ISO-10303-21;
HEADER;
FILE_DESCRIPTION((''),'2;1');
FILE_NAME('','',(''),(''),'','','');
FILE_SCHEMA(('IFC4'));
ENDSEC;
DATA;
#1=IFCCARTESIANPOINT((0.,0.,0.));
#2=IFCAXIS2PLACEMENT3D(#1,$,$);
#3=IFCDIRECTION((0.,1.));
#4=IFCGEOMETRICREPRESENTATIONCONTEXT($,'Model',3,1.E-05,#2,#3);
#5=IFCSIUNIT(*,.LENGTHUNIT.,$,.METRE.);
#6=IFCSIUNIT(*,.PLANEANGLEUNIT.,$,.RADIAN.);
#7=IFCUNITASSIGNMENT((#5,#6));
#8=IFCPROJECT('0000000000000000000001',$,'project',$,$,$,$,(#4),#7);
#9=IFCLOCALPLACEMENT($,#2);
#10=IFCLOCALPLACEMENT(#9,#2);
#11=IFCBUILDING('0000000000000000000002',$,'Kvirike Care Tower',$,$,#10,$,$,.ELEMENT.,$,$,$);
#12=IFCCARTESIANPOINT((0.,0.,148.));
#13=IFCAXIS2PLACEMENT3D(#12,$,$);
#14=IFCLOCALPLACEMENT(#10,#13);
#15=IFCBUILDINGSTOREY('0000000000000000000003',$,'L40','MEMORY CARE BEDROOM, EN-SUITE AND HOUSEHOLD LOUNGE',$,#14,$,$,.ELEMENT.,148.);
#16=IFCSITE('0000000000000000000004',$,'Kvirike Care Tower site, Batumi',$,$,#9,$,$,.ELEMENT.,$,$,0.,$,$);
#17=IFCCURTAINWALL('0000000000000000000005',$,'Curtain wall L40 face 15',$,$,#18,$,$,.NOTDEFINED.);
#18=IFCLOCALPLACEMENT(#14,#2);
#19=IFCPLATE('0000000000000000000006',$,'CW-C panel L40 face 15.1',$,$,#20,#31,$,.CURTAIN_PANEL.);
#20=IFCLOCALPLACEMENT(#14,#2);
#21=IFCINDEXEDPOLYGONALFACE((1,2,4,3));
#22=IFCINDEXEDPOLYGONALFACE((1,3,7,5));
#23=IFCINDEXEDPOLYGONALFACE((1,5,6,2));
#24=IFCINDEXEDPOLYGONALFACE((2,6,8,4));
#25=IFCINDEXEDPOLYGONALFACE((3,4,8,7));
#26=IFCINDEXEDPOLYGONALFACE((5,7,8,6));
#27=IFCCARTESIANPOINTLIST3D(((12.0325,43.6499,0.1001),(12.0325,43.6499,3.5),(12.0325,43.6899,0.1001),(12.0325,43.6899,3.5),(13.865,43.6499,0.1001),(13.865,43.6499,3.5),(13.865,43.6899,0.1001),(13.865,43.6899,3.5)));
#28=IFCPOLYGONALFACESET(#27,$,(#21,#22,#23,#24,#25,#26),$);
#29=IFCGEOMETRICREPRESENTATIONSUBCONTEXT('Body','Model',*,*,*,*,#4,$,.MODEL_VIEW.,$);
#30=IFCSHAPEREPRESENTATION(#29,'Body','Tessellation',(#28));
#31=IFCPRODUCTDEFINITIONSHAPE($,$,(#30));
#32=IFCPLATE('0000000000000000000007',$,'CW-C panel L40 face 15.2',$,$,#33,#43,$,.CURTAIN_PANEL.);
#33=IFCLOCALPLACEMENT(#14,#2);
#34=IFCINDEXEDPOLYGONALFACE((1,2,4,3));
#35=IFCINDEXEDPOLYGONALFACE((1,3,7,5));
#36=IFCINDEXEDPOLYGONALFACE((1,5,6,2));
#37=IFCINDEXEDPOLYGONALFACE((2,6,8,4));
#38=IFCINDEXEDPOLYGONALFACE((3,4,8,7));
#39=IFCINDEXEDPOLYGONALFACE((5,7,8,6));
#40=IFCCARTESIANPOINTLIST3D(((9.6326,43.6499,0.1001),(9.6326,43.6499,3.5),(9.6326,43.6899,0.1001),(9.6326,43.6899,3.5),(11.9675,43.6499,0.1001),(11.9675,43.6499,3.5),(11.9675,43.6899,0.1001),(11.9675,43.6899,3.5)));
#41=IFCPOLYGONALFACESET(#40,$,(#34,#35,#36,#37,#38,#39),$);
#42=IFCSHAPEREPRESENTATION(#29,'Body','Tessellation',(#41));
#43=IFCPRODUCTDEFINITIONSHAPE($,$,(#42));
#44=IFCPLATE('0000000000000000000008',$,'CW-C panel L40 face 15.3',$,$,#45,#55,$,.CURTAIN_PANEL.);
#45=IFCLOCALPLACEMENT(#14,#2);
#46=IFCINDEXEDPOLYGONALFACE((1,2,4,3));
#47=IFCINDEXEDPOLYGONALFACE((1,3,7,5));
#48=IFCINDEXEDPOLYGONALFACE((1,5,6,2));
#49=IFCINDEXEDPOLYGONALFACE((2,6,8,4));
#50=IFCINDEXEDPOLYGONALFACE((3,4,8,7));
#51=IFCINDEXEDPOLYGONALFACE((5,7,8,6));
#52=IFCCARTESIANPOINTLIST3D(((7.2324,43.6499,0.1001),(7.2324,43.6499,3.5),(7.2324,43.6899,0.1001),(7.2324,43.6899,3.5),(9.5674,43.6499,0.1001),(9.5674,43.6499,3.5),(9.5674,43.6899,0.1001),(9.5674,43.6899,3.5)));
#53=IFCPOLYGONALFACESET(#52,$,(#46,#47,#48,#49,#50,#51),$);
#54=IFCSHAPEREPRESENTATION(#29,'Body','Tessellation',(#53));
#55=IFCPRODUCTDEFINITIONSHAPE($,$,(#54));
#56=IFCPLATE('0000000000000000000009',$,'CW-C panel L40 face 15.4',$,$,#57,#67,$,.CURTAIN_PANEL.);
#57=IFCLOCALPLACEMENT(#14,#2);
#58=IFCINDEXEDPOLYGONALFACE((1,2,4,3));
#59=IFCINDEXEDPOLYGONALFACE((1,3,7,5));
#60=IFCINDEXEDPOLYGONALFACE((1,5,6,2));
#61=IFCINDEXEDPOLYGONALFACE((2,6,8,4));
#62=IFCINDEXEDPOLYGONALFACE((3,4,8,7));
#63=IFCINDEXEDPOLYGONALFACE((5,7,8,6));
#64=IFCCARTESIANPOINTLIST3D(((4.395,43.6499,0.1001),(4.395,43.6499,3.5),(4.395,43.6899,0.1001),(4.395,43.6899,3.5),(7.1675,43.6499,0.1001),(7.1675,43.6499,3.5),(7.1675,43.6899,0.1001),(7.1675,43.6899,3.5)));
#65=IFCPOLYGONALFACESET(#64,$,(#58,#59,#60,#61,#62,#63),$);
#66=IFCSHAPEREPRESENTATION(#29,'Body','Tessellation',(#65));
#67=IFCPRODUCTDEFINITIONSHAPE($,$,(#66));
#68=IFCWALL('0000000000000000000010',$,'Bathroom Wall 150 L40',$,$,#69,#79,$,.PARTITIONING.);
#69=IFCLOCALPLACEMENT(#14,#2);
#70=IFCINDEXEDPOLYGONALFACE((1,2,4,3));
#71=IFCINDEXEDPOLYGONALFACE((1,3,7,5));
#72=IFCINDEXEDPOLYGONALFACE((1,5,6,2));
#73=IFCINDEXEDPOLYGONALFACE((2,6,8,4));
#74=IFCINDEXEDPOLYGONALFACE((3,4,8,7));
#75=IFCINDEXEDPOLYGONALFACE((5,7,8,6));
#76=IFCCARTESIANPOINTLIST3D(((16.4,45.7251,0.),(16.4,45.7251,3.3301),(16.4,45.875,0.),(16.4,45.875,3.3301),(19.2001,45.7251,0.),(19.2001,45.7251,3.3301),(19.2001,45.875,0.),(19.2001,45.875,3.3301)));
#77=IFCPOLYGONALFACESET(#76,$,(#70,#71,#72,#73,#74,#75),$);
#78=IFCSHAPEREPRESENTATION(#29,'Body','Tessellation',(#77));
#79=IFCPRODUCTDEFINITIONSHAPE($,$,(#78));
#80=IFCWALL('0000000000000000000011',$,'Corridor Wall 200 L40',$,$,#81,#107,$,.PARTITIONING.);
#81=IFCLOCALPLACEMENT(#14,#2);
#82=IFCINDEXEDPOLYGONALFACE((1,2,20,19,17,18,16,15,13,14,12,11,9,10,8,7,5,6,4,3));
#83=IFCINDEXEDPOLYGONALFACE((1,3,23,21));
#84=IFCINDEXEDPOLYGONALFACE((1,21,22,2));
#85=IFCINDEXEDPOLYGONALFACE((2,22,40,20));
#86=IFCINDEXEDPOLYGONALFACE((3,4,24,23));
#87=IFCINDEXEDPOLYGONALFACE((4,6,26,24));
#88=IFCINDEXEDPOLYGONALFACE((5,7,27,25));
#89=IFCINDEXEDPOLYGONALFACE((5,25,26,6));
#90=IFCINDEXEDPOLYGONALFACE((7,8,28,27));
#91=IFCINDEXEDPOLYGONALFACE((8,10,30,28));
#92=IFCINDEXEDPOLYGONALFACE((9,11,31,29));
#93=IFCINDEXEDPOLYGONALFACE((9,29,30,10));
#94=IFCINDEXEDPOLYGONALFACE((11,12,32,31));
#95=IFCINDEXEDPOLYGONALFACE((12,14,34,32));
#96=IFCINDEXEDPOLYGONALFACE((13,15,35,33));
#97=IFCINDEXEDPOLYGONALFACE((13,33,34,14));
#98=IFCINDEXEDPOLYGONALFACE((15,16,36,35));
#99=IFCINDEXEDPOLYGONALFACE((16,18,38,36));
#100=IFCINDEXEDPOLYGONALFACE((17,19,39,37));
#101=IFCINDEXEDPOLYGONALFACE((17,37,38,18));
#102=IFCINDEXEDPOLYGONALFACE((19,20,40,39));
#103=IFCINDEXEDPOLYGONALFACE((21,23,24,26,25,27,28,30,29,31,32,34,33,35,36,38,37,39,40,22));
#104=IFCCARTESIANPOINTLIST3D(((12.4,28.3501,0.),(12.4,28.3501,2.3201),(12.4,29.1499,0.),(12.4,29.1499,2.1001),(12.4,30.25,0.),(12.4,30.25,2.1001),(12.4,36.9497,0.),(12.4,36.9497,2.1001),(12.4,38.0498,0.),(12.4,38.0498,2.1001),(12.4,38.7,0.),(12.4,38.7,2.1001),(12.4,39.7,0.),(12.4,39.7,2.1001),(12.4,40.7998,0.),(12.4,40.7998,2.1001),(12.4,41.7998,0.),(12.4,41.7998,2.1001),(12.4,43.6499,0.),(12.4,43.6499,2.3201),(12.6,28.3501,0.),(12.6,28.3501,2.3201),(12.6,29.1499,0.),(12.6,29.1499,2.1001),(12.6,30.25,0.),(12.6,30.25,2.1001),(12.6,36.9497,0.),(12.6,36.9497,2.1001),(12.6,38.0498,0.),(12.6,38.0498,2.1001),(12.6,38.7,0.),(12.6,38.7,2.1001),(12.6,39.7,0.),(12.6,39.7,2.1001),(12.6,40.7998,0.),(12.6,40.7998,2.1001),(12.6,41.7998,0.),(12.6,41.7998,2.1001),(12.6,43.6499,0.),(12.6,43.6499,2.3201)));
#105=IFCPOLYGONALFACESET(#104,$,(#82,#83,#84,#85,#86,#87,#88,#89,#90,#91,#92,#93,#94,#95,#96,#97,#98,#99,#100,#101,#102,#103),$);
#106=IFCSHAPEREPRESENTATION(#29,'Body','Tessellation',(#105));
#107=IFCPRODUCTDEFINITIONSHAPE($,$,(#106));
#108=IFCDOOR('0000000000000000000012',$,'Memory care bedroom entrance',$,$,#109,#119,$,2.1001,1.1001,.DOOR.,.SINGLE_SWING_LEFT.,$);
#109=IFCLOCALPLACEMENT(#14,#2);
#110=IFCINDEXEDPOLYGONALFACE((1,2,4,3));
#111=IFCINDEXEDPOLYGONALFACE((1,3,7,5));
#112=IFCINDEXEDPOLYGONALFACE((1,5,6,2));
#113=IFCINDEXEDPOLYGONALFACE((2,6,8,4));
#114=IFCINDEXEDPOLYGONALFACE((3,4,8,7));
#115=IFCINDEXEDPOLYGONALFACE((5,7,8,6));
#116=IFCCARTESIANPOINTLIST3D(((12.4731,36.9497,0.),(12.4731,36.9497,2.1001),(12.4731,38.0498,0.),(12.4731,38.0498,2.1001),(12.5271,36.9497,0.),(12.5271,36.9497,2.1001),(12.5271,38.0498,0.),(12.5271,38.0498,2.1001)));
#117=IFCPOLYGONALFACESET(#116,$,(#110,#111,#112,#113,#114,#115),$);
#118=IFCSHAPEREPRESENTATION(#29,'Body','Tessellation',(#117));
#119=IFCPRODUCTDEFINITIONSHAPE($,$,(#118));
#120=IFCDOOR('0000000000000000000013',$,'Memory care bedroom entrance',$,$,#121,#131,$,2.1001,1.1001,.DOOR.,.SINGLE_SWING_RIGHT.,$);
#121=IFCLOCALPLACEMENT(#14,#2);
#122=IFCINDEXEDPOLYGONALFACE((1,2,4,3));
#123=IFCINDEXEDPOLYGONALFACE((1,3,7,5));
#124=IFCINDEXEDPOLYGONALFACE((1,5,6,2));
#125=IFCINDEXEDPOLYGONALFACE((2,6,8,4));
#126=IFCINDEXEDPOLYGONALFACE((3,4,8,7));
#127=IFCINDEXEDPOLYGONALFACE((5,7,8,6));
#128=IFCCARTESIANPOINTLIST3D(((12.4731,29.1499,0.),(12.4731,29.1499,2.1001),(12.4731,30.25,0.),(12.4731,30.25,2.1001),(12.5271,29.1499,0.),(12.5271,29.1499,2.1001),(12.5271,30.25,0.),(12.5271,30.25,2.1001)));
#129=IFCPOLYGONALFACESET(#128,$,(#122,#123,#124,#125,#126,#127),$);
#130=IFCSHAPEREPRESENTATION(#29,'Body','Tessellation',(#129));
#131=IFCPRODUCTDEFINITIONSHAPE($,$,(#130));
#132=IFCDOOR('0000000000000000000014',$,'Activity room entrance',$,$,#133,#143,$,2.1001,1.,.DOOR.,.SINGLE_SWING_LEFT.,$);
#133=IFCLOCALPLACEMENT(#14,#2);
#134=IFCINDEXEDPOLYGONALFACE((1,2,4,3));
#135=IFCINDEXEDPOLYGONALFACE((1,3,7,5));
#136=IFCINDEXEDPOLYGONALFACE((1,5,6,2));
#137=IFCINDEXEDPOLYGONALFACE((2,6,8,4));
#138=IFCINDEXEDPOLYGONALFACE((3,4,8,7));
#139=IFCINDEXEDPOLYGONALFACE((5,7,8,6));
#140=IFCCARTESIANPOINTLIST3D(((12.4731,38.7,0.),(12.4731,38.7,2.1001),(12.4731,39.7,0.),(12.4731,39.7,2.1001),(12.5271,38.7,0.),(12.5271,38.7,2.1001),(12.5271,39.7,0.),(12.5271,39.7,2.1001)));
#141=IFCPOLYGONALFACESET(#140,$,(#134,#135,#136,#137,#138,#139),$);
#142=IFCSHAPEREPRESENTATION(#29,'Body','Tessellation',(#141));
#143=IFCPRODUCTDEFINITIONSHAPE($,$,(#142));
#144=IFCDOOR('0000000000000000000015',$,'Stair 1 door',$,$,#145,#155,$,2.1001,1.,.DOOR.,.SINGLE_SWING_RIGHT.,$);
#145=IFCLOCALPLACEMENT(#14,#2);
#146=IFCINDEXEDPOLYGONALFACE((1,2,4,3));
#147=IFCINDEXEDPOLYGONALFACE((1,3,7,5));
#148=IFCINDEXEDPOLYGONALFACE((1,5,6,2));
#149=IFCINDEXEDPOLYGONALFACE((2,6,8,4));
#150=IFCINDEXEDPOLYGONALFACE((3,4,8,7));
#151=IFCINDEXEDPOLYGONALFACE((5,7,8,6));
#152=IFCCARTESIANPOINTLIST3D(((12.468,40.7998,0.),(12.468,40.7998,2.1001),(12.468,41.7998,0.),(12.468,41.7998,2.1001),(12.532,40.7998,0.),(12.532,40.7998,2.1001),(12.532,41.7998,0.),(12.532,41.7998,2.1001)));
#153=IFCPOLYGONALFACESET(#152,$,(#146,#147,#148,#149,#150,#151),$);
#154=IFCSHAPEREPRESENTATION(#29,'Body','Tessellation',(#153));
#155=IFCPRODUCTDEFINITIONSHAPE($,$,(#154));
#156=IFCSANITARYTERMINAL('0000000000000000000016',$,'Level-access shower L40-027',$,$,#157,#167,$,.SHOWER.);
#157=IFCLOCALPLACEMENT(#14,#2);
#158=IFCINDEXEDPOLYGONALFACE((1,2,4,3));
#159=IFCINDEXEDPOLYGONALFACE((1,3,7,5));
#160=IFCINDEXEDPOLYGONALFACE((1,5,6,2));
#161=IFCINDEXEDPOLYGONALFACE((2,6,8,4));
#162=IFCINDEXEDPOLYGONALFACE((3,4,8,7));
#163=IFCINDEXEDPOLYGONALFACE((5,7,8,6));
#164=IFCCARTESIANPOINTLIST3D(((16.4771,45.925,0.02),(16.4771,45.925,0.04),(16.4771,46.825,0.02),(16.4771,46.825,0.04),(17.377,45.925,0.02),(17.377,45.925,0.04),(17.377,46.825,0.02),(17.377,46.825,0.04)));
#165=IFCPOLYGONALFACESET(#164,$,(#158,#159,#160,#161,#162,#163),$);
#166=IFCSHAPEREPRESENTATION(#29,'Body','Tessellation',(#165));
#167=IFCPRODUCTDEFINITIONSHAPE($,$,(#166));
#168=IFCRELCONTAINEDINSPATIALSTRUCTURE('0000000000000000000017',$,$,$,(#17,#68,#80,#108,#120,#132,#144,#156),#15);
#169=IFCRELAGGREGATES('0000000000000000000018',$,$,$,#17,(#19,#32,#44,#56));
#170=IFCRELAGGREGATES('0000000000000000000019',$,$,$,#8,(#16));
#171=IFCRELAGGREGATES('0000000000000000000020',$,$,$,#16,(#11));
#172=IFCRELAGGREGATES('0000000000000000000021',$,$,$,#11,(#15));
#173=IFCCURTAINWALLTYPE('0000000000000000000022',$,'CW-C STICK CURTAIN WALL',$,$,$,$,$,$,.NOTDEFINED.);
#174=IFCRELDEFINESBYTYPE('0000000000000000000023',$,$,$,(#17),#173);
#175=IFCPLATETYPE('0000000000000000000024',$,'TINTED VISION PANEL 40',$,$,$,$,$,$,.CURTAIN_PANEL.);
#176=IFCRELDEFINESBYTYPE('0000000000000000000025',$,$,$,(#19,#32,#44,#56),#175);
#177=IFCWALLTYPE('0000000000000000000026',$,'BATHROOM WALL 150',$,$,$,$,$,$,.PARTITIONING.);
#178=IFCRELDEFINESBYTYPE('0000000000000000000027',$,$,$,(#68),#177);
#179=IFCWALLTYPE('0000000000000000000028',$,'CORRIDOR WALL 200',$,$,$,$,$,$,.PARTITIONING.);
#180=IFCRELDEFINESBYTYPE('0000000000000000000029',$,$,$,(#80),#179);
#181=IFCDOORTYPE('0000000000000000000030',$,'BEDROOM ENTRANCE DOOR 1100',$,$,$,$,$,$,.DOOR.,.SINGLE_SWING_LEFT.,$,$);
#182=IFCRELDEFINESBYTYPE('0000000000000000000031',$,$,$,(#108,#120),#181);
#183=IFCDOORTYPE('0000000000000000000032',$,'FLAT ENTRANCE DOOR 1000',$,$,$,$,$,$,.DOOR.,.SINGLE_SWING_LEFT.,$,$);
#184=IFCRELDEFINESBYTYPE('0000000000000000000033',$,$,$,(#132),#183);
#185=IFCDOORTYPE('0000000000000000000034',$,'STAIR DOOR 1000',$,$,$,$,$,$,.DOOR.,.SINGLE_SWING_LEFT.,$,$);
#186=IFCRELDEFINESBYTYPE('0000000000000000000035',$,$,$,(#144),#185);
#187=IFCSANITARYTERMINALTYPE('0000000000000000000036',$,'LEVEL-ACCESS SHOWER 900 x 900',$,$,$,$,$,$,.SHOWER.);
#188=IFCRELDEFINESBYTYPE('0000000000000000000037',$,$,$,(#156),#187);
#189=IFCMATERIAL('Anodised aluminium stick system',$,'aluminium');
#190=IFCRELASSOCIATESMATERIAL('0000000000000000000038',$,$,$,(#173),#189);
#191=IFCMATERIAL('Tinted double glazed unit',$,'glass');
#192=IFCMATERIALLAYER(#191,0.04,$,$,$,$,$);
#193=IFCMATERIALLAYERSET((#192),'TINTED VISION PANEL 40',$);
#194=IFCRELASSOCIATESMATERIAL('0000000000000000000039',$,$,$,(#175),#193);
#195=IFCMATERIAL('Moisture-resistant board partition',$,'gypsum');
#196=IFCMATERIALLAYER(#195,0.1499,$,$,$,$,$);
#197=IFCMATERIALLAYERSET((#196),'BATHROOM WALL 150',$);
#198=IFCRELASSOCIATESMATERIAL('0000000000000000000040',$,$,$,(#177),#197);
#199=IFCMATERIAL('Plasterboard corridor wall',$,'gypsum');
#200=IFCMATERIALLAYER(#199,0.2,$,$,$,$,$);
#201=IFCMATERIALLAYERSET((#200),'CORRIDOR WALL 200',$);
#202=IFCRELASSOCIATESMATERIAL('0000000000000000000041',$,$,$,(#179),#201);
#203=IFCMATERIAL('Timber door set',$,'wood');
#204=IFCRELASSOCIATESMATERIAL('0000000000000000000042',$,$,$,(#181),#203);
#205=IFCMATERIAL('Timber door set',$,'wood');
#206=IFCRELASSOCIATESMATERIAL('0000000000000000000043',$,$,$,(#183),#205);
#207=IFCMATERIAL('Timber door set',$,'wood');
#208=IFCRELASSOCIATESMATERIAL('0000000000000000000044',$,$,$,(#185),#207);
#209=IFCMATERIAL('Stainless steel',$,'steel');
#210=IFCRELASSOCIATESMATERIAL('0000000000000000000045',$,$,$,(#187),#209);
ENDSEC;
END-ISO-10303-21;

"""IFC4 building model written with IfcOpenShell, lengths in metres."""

from ifc_helpers import new_model, si_unit, direction, frame, frame_2d, origin, origin_2d, place, context, subcontext, project, spatial, rectangle, extrude, material, layer, layer_set, type_object, element, fill, aggregate, save


model = new_model("IFC4")

# Units and contexts
model_context = context("Model", 3, precision=1e-05, world=origin(), true_north=direction((0.0, 1.0)))
body_context = subcontext(model_context, "Body", "Model", "MODEL_VIEW")
ifc_project = project(units=[si_unit("LENGTHUNIT", "METRE"), si_unit("PLANEANGLEUNIT", "RADIAN")], contexts=[model_context])

# Site, building, storey
site_placement = place(None, origin())
site = spatial("IfcSite", under=ifc_project, at=site_placement, Name="Kvirike Care Tower site, Batumi", CompositionType="ELEMENT", RefElevation=0.0)
building_placement = place(site_placement, origin())
building = spatial("IfcBuilding", under=site, at=building_placement, Name="Kvirike Care Tower", CompositionType="ELEMENT")
storey_placement = place(building_placement, frame((0.0, 0.0, 148.0)))
storey = spatial("IfcBuildingStorey", under=building, at=storey_placement, Name="L40", Description="MEMORY CARE BEDROOM, EN-SUITE AND HOUSEHOLD LOUNGE", CompositionType="ELEMENT", Elevation=148.0)

# Curtain wall
ifc_material_1 = material(Name="Anodised aluminium stick system", Category="aluminium")
curtain_wall_type = type_object("IfcCurtainWallType", Name="CW-C STICK CURTAIN WALL", PredefinedType="NOTDEFINED", material=ifc_material_1)
curtain_wall_1_placement = place(storey_placement, origin())
curtain_wall_1 = element("IfcCurtainWall", 1, at=curtain_wall_1_placement, inside=storey, type_object=curtain_wall_type, Name="Curtain wall L40 face 15", PredefinedType="NOTDEFINED")

# Plates
ifc_material_2 = material(Name="Tinted double glazed unit", Category="glass")
ifc_layer_1 = layer(ifc_material_2, 0.04)
ifc_layer_set_1 = layer_set([ifc_layer_1], Name="TINTED VISION PANEL 40")
plate_type = type_object("IfcPlateType", Name="TINTED VISION PANEL 40", PredefinedType="CURTAIN_PANEL", material=ifc_layer_set_1)
plate_1_placement = place(storey_placement, frame((12.9487, 43.6699, 0.1001), z_axis=(0.0, 0.0, 1.0), x_axis=(-1.0, 0.0, 0.0)))
plate_1 = element("IfcPlate", 2, at=plate_1_placement, type_object=plate_type, Name="CW-C panel L40 face 15.1", PredefinedType="CURTAIN_PANEL", context=body_context, shape_type="SweptSolid", body=[
    extrude(rectangle(XDim=1.8325, YDim=0.04, at=origin_2d()), origin(), (0.0, 0.0, 1.0), 3.3999),
])
plate_2_placement = place(storey_placement, frame((10.8, 43.6699, 0.1001), z_axis=(0.0, 0.0, 1.0), x_axis=(-1.0, 0.0, 0.0)))
plate_2 = element("IfcPlate", 3, at=plate_2_placement, type_object=plate_type, Name="CW-C panel L40 face 15.2", PredefinedType="CURTAIN_PANEL", context=body_context, shape_type="SweptSolid", body=[
    extrude(rectangle(XDim=2.335, YDim=0.04, at=origin_2d()), origin(), (0.0, 0.0, 1.0), 3.3999),
])
plate_3_placement = place(storey_placement, frame((8.3999, 43.6699, 0.1001), z_axis=(0.0, 0.0, 1.0), x_axis=(-1.0, 0.0, 0.0)))
plate_3 = element("IfcPlate", 4, at=plate_3_placement, type_object=plate_type, Name="CW-C panel L40 face 15.3", PredefinedType="CURTAIN_PANEL", context=body_context, shape_type="SweptSolid", body=[
    extrude(rectangle(XDim=2.335, YDim=0.04, at=origin_2d()), origin(), (0.0, 0.0, 1.0), 3.3999),
])
plate_4_placement = place(storey_placement, frame((5.7812, 43.6699, 0.1001), z_axis=(0.0, 0.0, 1.0), x_axis=(-1.0, 0.0, 0.0)))
plate_4 = element("IfcPlate", 5, at=plate_4_placement, type_object=plate_type, Name="CW-C panel L40 face 15.4", PredefinedType="CURTAIN_PANEL", context=body_context, shape_type="SweptSolid", body=[
    extrude(rectangle(XDim=2.7725, YDim=0.04, at=origin_2d()), origin(), (0.0, 0.0, 1.0), 3.3999),
])
aggregate(curtain_wall_1, [plate_1, plate_2, plate_3, plate_4])

# Wall
ifc_material_3 = material(Name="Moisture-resistant board partition", Category="gypsum")
ifc_layer_2 = layer(ifc_material_3, 0.1499)
ifc_layer_set_2 = layer_set([ifc_layer_2], Name="BATHROOM WALL 150")
wall_type_1 = type_object("IfcWallType", Name="BATHROOM WALL 150", PredefinedType="PARTITIONING", material=ifc_layer_set_2)
wall_1_placement = place(storey_placement, frame((19.2, 45.8, 0.0), z_axis=(0.0, 0.0, 1.0), x_axis=(-1.0, 0.0, 0.0)))
element("IfcWall", 6, at=wall_1_placement, inside=storey, type_object=wall_type_1, Name="Bathroom Wall 150 L40", PredefinedType="PARTITIONING", context=body_context, shape_type="SweptSolid", body=[
    extrude(rectangle(XDim=2.8, YDim=0.1499, at=frame_2d((1.3999, 0.0))), origin(), (0.0, 0.0, 1.0), 3.3301),
])

# Wall, openings, doors
ifc_material_4 = material(Name="Plasterboard corridor wall", Category="gypsum")
ifc_layer_3 = layer(ifc_material_4, 0.2)
ifc_layer_set_3 = layer_set([ifc_layer_3], Name="CORRIDOR WALL 200")
wall_type_2 = type_object("IfcWallType", Name="CORRIDOR WALL 200", PredefinedType="PARTITIONING", material=ifc_layer_set_3)
wall_2_placement = place(storey_placement, frame((12.5, 43.6499, 0.0), z_axis=(0.0, 0.0, 1.0), x_axis=(0.0, -1.0, 0.0)))
wall_2 = element("IfcWall", 7, at=wall_2_placement, inside=storey, type_object=wall_type_2, Name="Corridor Wall 200 L40", PredefinedType="PARTITIONING", context=body_context, shape_type="SweptSolid", body=[
    extrude(rectangle(XDim=15.2998, YDim=0.2, at=frame_2d((7.6499, 0.0))), origin(), (0.0, 0.0, 1.0), 2.3201),
])
opening_1_placement = place(wall_2_placement, frame((1.8501, 0.0, 0.0)))
opening_1 = element("IfcOpeningElement", 8, at=opening_1_placement, cuts=wall_2, PredefinedType="OPENING", context=body_context, shape_type="SweptSolid", body=[
    extrude(rectangle(XDim=1.0, YDim=2.1001, at=frame_2d((0.5, 1.05))), frame((0.0, 0.1106, 0.0), z_axis=(0.0, -1.0, 0.0), x_axis=(1.0, 0.0, 0.0)), (0.0, 0.0, 1.0), 0.2209),
])
opening_2_placement = place(wall_2_placement, frame((3.95, 0.0, 0.0)))
opening_2 = element("IfcOpeningElement", 9, at=opening_2_placement, cuts=wall_2, PredefinedType="OPENING", context=body_context, shape_type="SweptSolid", body=[
    extrude(rectangle(XDim=1.0, YDim=2.1001, at=frame_2d((0.5, 1.05))), frame((0.0, 0.1106, 0.0), z_axis=(0.0, -1.0, 0.0), x_axis=(1.0, 0.0, 0.0)), (0.0, 0.0, 1.0), 0.2209),
])
opening_3_placement = place(wall_2_placement, frame((5.6001, 0.0, 0.0)))
opening_3 = element("IfcOpeningElement", 10, at=opening_3_placement, cuts=wall_2, PredefinedType="OPENING", context=body_context, shape_type="SweptSolid", body=[
    extrude(rectangle(XDim=1.1001, YDim=2.1001, at=frame_2d((0.55, 1.05))), frame((0.0, 0.1106, 0.0), z_axis=(0.0, -1.0, 0.0), x_axis=(1.0, 0.0, 0.0)), (0.0, 0.0, 1.0), 0.2209),
])
opening_4_placement = place(wall_2_placement, frame((13.3999, 0.0, 0.0)))
opening_4 = element("IfcOpeningElement", 11, at=opening_4_placement, cuts=wall_2, PredefinedType="OPENING", context=body_context, shape_type="SweptSolid", body=[
    extrude(rectangle(XDim=1.1001, YDim=2.1001, at=frame_2d((0.55, 1.05))), frame((0.0, 0.1106, 0.0), z_axis=(0.0, -1.0, 0.0), x_axis=(1.0, 0.0, 0.0)), (0.0, 0.0, 1.0), 0.2209),
])
ifc_material_5 = material(Name="Timber door set", Category="wood")
door_type_1 = type_object("IfcDoorType", Name="BEDROOM ENTRANCE DOOR 1100", OperationType="SINGLE_SWING_LEFT", PredefinedType="DOOR", material=ifc_material_5)
door_1_placement = place(opening_3_placement, frame((1.1001, 0.0, 0.0), z_axis=(0.0, 0.0, 1.0), x_axis=(-1.0, 0.0, 0.0)))
door_1 = element("IfcDoor", 12, at=door_1_placement, inside=storey, type_object=door_type_1, Name="Memory care bedroom entrance", OperationType="SINGLE_SWING_LEFT", OverallHeight=2.1001, OverallWidth=1.1001, PredefinedType="DOOR", context=body_context, shape_type="SweptSolid", body=[
    extrude(rectangle(XDim=1.1001, YDim=2.1001, at=frame_2d((0.55, 1.05))), frame((0.0, 0.0269, 0.0), z_axis=(0.0, -1.0, 0.0), x_axis=(1.0, 0.0, 0.0)), (0.0, 0.0, 1.0), 0.054),
])
fill(opening_3, door_1)
door_2_placement = place(opening_4_placement, frame((1.1001, 0.0, 0.0), z_axis=(0.0, 0.0, 1.0), x_axis=(-1.0, 0.0, 0.0)))
door_2 = element("IfcDoor", 13, at=door_2_placement, inside=storey, type_object=door_type_1, Name="Memory care bedroom entrance", OperationType="SINGLE_SWING_RIGHT", OverallHeight=2.1001, OverallWidth=1.1001, PredefinedType="DOOR", context=body_context, shape_type="SweptSolid", body=[
    extrude(rectangle(XDim=1.1001, YDim=2.1001, at=frame_2d((0.55, 1.05))), frame((0.0, 0.0269, 0.0), z_axis=(0.0, -1.0, 0.0), x_axis=(1.0, 0.0, 0.0)), (0.0, 0.0, 1.0), 0.054),
])
fill(opening_4, door_2)
ifc_material_6 = material(Name="Timber door set", Category="wood")
door_type_2 = type_object("IfcDoorType", Name="FLAT ENTRANCE DOOR 1000", OperationType="SINGLE_SWING_LEFT", PredefinedType="DOOR", material=ifc_material_6)
door_3_placement = place(opening_2_placement, frame((1.0, 0.0, 0.0), z_axis=(0.0, 0.0, 1.0), x_axis=(-1.0, 0.0, 0.0)))
door_3 = element("IfcDoor", 14, at=door_3_placement, inside=storey, type_object=door_type_2, Name="Activity room entrance", OperationType="SINGLE_SWING_LEFT", OverallHeight=2.1001, OverallWidth=1.0, PredefinedType="DOOR", context=body_context, shape_type="SweptSolid", body=[
    extrude(rectangle(XDim=1.0, YDim=2.1001, at=frame_2d((0.5, 1.05))), frame((0.0, 0.0269, 0.0), z_axis=(0.0, -1.0, 0.0), x_axis=(1.0, 0.0, 0.0)), (0.0, 0.0, 1.0), 0.054),
])
fill(opening_2, door_3)
ifc_material_7 = material(Name="Timber door set", Category="wood")
door_type_3 = type_object("IfcDoorType", Name="STAIR DOOR 1000", OperationType="SINGLE_SWING_LEFT", PredefinedType="DOOR", material=ifc_material_7)
door_4_placement = place(opening_1_placement, frame((1.0, 0.0, 0.0), z_axis=(0.0, 0.0, 1.0), x_axis=(-1.0, 0.0, 0.0)))
door_4 = element("IfcDoor", 15, at=door_4_placement, inside=storey, type_object=door_type_3, Name="Stair 1 door", OperationType="SINGLE_SWING_RIGHT", OverallHeight=2.1001, OverallWidth=1.0, PredefinedType="DOOR", context=body_context, shape_type="SweptSolid", body=[
    extrude(rectangle(XDim=1.0, YDim=2.1001, at=frame_2d((0.5, 1.05))), frame((0.0, 0.032, 0.0), z_axis=(0.0, -1.0, 0.0), x_axis=(1.0, 0.0, 0.0)), (0.0, 0.0, 1.0), 0.064),
])
fill(opening_1, door_4)

# Sanitary terminal
ifc_material_8 = material(Name="Stainless steel", Category="steel")
sanitary_terminal_type_1 = type_object("IfcSanitaryTerminalType", Name="LEVEL-ACCESS SHOWER 900 x 900", PredefinedType="SHOWER", material=ifc_material_8)
sanitary_terminal_1_placement = place(storey_placement, frame((16.927, 46.375, 0.02), z_axis=(0.0, 0.0, 1.0), x_axis=(0.0, 1.0, 0.0)))
element("IfcSanitaryTerminal", 16, at=sanitary_terminal_1_placement, inside=storey, type_object=sanitary_terminal_type_1, Name="Level-access shower L40-027", PredefinedType="SHOWER", context=body_context, shape_type="SweptSolid", body=[
    extrude(rectangle(XDim=0.8999, YDim=0.8999, at=origin_2d()), origin(), (0.0, 0.0, 1.0), 0.02),
])

save(model, "model.ifc")
